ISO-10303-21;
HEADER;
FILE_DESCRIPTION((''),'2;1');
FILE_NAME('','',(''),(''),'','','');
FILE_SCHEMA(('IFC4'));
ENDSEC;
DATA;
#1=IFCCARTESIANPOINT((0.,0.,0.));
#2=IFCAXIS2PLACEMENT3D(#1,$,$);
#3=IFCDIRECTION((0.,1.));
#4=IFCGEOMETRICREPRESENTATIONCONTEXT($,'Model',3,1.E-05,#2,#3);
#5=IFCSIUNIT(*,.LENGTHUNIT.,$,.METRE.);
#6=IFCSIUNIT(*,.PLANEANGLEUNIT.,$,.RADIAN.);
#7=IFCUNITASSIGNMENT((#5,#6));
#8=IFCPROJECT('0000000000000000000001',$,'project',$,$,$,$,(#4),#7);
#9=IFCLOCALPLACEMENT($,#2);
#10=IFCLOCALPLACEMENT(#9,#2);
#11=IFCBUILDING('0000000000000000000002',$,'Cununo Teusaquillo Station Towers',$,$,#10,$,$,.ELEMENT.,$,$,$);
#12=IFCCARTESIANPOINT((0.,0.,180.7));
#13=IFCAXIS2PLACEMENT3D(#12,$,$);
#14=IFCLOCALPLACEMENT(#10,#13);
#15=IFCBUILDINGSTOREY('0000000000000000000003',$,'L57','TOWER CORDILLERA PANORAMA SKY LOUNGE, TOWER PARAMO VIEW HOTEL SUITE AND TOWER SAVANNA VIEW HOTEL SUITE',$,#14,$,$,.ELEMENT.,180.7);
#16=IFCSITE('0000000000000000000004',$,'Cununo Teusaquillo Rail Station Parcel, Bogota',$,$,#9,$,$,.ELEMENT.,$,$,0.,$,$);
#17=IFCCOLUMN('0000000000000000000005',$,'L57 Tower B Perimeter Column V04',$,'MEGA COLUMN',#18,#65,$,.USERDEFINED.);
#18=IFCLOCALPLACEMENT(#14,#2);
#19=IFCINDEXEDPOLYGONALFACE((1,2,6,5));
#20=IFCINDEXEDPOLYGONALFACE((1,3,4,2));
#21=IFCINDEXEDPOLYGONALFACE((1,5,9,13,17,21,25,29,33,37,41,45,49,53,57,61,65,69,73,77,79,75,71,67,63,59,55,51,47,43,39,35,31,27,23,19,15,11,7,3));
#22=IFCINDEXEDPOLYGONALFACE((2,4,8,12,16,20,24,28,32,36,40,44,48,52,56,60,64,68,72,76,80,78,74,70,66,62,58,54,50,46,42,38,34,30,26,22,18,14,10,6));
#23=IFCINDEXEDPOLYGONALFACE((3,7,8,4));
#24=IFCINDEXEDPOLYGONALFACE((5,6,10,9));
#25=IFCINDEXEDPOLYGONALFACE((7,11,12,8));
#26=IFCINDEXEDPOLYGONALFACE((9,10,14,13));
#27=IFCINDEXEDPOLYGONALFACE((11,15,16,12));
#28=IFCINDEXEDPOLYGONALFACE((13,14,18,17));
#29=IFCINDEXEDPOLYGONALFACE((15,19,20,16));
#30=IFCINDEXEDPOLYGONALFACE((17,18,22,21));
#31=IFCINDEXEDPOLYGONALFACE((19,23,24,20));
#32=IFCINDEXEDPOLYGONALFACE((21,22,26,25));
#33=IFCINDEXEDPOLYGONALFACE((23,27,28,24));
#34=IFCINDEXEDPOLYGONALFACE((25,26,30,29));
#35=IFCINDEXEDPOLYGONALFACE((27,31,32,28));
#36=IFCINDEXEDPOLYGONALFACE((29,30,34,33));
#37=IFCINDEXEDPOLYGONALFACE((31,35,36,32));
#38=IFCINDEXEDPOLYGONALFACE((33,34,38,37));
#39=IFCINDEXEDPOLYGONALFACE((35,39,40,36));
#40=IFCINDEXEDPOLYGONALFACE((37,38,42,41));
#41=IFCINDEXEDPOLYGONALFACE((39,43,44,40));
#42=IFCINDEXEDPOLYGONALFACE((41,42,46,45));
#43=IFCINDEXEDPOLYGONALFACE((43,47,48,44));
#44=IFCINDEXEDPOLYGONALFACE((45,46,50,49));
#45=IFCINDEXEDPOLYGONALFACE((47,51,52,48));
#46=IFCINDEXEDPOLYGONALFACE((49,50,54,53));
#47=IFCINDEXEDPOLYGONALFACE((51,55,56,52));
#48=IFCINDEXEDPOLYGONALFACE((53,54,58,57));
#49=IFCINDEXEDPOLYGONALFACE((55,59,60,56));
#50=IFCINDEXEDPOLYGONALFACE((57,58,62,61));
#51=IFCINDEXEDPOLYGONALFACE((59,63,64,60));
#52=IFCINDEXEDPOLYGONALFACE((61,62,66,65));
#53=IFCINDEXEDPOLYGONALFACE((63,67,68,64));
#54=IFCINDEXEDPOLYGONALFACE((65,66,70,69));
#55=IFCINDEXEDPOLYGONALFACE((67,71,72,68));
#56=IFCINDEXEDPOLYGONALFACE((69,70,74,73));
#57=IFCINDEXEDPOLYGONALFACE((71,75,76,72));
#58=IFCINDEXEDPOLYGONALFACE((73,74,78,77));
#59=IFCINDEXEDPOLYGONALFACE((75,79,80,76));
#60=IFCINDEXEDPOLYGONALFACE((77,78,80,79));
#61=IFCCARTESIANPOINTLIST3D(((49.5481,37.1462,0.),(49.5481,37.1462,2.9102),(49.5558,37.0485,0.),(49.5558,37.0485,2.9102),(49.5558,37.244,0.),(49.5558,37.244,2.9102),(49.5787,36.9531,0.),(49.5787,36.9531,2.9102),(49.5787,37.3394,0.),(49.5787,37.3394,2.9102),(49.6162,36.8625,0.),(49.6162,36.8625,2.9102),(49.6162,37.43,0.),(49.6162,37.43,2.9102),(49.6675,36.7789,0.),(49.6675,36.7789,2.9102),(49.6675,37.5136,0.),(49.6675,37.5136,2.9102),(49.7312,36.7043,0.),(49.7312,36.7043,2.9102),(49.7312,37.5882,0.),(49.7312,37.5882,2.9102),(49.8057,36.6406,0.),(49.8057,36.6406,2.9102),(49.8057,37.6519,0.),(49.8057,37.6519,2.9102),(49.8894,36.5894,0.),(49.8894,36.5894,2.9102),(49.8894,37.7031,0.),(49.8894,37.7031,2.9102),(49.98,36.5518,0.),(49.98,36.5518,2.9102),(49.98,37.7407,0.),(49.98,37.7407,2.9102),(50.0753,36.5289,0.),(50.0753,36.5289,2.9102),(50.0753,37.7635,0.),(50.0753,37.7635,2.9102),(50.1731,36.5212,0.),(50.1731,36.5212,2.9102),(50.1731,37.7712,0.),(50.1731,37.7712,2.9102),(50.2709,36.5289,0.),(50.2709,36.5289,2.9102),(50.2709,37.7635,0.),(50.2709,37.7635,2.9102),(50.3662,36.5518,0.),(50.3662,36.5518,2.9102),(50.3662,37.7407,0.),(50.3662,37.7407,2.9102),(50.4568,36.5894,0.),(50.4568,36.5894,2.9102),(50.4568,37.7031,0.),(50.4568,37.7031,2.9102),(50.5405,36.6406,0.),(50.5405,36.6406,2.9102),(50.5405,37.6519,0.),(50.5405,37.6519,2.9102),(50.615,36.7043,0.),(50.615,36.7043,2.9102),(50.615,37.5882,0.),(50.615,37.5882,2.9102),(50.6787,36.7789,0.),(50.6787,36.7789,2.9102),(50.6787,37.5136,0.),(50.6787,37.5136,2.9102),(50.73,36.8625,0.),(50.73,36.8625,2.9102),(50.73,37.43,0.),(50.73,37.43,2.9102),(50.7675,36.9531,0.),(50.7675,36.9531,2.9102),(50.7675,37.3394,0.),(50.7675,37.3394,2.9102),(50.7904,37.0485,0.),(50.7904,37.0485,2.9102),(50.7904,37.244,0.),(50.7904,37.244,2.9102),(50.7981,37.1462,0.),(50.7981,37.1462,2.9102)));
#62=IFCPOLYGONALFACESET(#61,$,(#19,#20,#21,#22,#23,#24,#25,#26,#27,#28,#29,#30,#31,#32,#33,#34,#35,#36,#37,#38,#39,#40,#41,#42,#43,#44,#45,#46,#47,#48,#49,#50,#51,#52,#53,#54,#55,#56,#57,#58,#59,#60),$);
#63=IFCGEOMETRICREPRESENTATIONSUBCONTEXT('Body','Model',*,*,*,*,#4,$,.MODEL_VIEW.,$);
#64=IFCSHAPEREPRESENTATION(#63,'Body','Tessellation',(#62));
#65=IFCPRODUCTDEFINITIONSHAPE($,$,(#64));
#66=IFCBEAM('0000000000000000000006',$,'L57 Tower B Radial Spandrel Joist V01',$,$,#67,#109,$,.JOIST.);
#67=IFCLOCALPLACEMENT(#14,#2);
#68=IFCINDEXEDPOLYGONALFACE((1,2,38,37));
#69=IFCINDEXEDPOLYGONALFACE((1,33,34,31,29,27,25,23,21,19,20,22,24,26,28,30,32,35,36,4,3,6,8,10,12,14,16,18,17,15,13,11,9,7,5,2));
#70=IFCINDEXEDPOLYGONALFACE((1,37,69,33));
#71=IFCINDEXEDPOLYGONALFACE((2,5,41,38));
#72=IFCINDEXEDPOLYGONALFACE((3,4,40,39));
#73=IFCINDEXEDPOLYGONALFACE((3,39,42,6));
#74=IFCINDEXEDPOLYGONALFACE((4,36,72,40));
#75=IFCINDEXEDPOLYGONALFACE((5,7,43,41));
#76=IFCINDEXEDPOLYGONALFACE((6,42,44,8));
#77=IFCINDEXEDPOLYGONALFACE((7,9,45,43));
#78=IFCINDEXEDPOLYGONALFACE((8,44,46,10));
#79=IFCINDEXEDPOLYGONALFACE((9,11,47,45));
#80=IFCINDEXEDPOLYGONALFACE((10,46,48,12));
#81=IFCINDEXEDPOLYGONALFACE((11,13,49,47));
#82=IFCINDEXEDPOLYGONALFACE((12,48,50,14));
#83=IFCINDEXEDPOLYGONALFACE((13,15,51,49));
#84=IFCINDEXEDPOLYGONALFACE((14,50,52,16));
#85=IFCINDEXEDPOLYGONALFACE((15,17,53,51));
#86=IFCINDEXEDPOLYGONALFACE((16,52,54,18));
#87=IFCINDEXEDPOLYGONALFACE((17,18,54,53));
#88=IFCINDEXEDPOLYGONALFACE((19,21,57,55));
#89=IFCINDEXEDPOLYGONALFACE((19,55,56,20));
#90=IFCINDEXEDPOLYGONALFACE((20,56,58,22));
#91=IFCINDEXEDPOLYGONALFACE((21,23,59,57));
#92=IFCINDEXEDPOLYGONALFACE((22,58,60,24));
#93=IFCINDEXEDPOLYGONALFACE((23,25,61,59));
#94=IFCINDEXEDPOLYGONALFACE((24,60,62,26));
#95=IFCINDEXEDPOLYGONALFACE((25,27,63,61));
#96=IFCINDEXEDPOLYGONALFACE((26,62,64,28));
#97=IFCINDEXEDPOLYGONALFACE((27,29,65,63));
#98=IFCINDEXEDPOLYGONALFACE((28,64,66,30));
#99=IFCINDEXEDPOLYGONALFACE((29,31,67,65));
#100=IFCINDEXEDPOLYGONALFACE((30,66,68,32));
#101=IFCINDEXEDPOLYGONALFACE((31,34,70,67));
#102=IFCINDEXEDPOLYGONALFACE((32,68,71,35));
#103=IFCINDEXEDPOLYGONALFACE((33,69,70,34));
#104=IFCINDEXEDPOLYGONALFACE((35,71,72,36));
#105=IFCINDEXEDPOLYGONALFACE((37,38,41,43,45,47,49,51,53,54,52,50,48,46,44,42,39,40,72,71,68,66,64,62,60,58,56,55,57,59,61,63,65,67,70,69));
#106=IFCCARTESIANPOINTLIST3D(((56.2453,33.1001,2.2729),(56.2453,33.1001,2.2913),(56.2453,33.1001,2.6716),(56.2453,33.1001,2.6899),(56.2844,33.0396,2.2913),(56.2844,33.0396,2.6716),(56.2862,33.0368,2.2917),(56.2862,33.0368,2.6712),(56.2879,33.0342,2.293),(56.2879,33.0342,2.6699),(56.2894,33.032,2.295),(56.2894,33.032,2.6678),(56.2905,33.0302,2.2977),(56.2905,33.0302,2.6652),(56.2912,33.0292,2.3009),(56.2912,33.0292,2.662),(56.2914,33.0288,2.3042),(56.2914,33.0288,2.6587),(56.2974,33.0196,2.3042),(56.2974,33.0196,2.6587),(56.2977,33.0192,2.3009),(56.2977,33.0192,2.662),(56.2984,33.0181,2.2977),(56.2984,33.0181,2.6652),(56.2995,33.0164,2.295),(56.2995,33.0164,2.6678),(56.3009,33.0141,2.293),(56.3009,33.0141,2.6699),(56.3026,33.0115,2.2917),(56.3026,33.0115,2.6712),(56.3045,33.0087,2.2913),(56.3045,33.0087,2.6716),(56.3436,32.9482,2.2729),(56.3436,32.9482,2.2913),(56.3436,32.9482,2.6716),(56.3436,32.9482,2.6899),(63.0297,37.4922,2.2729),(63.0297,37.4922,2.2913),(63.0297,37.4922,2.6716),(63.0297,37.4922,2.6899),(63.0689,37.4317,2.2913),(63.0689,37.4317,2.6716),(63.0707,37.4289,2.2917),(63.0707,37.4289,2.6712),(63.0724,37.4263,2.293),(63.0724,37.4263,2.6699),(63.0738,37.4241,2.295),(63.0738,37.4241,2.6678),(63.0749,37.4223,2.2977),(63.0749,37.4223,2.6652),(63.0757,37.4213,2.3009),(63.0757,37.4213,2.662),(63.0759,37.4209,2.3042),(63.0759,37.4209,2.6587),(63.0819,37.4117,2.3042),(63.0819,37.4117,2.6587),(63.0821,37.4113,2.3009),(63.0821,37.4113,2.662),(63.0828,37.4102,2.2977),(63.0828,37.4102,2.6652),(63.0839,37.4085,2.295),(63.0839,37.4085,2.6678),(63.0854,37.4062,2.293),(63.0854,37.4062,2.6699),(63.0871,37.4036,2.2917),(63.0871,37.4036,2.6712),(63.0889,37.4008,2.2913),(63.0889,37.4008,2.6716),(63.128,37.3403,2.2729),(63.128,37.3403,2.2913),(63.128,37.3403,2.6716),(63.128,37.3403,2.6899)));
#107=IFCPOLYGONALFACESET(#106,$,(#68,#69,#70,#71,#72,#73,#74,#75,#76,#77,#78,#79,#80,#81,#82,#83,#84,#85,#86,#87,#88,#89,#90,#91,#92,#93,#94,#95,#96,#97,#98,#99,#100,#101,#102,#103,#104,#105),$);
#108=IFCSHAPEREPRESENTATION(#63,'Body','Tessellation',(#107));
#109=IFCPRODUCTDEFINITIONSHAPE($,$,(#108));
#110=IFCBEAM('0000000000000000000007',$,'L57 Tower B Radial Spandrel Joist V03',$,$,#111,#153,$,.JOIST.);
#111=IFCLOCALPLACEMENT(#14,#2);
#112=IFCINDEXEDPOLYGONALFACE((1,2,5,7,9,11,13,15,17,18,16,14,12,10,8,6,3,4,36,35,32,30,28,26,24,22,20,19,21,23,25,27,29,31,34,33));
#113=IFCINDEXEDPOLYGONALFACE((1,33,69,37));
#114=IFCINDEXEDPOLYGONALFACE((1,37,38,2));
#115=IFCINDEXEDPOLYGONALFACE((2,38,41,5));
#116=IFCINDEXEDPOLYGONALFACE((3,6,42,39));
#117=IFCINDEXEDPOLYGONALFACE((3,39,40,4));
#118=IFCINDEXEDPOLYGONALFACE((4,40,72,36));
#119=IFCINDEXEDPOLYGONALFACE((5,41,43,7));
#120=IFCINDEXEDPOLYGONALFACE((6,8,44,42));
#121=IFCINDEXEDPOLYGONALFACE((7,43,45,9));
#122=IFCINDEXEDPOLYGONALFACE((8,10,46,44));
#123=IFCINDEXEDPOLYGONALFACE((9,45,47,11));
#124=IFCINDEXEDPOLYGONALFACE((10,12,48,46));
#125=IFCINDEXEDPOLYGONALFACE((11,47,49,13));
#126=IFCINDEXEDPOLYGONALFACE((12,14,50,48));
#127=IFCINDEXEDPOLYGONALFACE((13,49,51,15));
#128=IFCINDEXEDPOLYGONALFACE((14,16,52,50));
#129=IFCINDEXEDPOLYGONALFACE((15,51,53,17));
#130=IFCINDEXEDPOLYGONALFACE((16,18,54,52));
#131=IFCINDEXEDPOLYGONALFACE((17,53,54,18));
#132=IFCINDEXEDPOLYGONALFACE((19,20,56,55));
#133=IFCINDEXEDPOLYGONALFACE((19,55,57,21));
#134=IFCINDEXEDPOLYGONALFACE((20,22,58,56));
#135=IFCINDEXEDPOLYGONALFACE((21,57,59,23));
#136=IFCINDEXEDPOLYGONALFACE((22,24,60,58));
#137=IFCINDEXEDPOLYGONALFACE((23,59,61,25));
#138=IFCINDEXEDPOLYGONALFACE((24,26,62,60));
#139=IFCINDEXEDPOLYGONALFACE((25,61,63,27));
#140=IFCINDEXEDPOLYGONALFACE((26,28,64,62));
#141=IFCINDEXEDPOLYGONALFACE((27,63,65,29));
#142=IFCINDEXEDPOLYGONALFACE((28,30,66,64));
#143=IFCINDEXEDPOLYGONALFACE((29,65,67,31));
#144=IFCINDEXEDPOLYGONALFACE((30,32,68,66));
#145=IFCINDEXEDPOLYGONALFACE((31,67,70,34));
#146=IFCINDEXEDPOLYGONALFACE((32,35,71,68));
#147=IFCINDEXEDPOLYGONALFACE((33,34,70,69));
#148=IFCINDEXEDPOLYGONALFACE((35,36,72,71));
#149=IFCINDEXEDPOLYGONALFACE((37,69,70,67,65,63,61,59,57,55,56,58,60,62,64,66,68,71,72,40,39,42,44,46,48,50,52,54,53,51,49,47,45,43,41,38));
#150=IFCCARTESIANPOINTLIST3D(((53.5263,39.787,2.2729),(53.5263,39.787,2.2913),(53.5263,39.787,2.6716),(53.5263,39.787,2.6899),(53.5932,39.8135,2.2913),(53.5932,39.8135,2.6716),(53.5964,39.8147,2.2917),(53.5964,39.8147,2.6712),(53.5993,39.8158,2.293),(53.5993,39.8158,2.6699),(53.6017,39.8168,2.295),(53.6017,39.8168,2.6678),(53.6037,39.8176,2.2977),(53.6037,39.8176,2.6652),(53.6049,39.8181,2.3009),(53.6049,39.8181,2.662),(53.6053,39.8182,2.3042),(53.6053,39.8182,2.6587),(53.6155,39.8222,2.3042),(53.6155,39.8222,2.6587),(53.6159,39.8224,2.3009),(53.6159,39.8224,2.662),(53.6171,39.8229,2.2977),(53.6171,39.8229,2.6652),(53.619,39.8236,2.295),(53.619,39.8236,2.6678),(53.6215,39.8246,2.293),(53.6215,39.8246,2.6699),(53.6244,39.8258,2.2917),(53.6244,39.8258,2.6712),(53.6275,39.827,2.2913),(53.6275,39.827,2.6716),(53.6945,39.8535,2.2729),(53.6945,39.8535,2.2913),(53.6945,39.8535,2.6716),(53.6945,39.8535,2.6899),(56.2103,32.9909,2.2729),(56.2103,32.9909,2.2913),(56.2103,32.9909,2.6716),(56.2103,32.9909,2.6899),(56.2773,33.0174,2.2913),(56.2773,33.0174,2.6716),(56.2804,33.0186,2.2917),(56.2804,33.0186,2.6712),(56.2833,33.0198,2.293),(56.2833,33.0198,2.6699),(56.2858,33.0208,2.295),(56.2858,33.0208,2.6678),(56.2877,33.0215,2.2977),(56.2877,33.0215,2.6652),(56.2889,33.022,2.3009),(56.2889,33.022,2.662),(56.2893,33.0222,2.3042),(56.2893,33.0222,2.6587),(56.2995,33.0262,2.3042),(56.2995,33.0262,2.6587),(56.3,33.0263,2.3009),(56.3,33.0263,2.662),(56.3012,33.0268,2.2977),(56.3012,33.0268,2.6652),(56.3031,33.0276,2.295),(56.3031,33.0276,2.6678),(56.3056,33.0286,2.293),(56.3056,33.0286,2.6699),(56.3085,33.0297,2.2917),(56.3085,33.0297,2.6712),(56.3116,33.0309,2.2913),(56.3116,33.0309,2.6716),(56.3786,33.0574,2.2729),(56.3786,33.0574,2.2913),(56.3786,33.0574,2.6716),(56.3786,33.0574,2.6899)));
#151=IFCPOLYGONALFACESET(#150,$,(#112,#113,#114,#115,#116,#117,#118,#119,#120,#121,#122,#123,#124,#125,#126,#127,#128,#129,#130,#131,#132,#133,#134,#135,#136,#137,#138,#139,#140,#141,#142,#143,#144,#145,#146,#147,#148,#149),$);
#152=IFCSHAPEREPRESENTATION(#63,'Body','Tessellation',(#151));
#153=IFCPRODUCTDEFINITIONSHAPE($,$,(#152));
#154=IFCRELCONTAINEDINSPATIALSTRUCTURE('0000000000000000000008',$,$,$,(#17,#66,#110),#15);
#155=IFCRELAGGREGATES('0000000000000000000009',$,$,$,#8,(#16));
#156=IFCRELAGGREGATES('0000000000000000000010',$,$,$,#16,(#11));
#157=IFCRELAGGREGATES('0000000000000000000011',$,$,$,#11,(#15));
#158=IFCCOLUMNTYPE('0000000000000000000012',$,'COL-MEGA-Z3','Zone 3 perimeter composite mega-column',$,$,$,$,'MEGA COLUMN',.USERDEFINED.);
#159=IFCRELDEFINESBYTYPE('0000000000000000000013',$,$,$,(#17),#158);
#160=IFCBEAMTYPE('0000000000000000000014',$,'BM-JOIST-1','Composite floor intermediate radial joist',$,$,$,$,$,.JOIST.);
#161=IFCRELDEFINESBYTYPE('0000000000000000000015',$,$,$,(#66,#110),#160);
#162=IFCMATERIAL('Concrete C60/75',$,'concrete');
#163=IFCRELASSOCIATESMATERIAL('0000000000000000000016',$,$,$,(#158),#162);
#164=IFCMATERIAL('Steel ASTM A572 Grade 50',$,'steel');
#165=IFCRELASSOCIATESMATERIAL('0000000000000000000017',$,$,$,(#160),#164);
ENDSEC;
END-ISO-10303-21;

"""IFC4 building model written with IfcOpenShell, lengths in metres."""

from ifc_helpers import new_model, si_unit, direction, frame, origin, origin_2d, place, context, subcontext, project, spatial, circle, i_section, extrude, material, material_profile, profile_set, type_object, element, save


model = new_model("IFC4")

# Units and contexts
model_context = context("Model", 3, precision=1e-05, world=origin(), true_north=direction((0.0, 1.0)))
body_context = subcontext(model_context, "Body", "Model", "MODEL_VIEW")
ifc_project = project(units=[si_unit("LENGTHUNIT", "METRE"), si_unit("PLANEANGLEUNIT", "RADIAN")], contexts=[model_context])

# Site, building, storey
site_placement = place(None, origin())
site = spatial("IfcSite", under=ifc_project, at=site_placement, Name="Cununo Teusaquillo Rail Station Parcel, Bogota", CompositionType="ELEMENT", RefElevation=0.0)
building_placement = place(site_placement, origin())
building = spatial("IfcBuilding", under=site, at=building_placement, Name="Cununo Teusaquillo Station Towers", CompositionType="ELEMENT")
storey_placement = place(building_placement, frame((0.0, 0.0, 180.7)))
storey = spatial("IfcBuildingStorey", under=building, at=storey_placement, Name="L57", Description="TOWER CORDILLERA PANORAMA SKY LOUNGE, TOWER PARAMO VIEW HOTEL SUITE AND TOWER SAVANNA VIEW HOTEL SUITE", CompositionType="ELEMENT", Elevation=180.7)

# Column
ifc_material_1 = material(Name="Concrete C60/75", Category="concrete")
ifc_material_profile_1 = material_profile(ifc_material_1, circle(Radius=0.625, at=origin_2d()), Name="RC-CIRC-1250")
ifc_profile_set_1 = profile_set([ifc_material_profile_1], Name="Concrete C60/75")
column_type = type_object("IfcColumnType", Name="COL-MEGA-Z3", Description="Zone 3 perimeter composite mega-column", ElementType="MEGA COLUMN", PredefinedType="USERDEFINED", material=ifc_profile_set_1)
column_placement = place(storey_placement, frame((50.1731, 37.1462, 0.0), z_axis=(0.0, 0.0, 1.0), x_axis=(1.0, 0.0, 0.0)))
element("IfcColumn", 1, at=column_placement, inside=storey, type_object=column_type, Name="L57 Tower B Perimeter Column V04", ObjectType="MEGA COLUMN", PredefinedType="USERDEFINED", context=body_context, shape_type="SweptSolid", body=[
    extrude(circle(Radius=0.625, at=origin_2d()), origin(), (0.0, 0.0, 1.0), 2.9102),
])

# Beams
ifc_material_2 = material(Name="Steel ASTM A572 Grade 50", Category="steel")
ifc_material_profile_2 = material_profile(ifc_material_2, i_section(OverallWidth=0.1809, OverallDepth=0.417, WebThickness=0.011, FlangeThickness=0.0183, FilletRadius=0.0129, at=origin_2d()), Name="W16X57")
ifc_profile_set_2 = profile_set([ifc_material_profile_2], Name="Steel ASTM A572 Grade 50")
beam_type_1 = type_object("IfcBeamType", Name="BM-JOIST-1", Description="Composite floor intermediate radial joist", PredefinedType="JOIST", material=ifc_profile_set_2)
beam_1_placement = place(storey_placement, frame((56.2944, 33.0242, 2.4814), z_axis=(0.839448, 0.54344, 0.0), x_axis=(-0.54344, 0.839448, 0.0)))
element("IfcBeam", 2, at=beam_1_placement, inside=storey, type_object=beam_type_1, Name="L57 Tower B Radial Spandrel Joist V01", PredefinedType="JOIST", context=body_context, shape_type="SweptSolid", body=[
    extrude(i_section(OverallWidth=0.1809, OverallDepth=0.417, WebThickness=0.011, FlangeThickness=0.0183, FilletRadius=0.0129, at=origin_2d()), origin(), (0.0, 0.0, 1.0), 8.082),
])
beam_2_placement = place(storey_placement, frame((56.2944, 33.0242, 2.4814), z_axis=(-0.367332, 0.93009, 0.0), x_axis=(-0.93009, -0.367332, 0.0)))
element("IfcBeam", 3, at=beam_2_placement, inside=storey, type_object=beam_type_1, Name="L57 Tower B Radial Spandrel Joist V03", PredefinedType="JOIST", context=body_context, shape_type="SweptSolid", body=[
    extrude(i_section(OverallWidth=0.1809, OverallDepth=0.417, WebThickness=0.011, FlangeThickness=0.0183, FilletRadius=0.0129, at=origin_2d()), origin(), (0.0, 0.0, 1.0), 7.3069),
])

save(model, "model.ifc")
